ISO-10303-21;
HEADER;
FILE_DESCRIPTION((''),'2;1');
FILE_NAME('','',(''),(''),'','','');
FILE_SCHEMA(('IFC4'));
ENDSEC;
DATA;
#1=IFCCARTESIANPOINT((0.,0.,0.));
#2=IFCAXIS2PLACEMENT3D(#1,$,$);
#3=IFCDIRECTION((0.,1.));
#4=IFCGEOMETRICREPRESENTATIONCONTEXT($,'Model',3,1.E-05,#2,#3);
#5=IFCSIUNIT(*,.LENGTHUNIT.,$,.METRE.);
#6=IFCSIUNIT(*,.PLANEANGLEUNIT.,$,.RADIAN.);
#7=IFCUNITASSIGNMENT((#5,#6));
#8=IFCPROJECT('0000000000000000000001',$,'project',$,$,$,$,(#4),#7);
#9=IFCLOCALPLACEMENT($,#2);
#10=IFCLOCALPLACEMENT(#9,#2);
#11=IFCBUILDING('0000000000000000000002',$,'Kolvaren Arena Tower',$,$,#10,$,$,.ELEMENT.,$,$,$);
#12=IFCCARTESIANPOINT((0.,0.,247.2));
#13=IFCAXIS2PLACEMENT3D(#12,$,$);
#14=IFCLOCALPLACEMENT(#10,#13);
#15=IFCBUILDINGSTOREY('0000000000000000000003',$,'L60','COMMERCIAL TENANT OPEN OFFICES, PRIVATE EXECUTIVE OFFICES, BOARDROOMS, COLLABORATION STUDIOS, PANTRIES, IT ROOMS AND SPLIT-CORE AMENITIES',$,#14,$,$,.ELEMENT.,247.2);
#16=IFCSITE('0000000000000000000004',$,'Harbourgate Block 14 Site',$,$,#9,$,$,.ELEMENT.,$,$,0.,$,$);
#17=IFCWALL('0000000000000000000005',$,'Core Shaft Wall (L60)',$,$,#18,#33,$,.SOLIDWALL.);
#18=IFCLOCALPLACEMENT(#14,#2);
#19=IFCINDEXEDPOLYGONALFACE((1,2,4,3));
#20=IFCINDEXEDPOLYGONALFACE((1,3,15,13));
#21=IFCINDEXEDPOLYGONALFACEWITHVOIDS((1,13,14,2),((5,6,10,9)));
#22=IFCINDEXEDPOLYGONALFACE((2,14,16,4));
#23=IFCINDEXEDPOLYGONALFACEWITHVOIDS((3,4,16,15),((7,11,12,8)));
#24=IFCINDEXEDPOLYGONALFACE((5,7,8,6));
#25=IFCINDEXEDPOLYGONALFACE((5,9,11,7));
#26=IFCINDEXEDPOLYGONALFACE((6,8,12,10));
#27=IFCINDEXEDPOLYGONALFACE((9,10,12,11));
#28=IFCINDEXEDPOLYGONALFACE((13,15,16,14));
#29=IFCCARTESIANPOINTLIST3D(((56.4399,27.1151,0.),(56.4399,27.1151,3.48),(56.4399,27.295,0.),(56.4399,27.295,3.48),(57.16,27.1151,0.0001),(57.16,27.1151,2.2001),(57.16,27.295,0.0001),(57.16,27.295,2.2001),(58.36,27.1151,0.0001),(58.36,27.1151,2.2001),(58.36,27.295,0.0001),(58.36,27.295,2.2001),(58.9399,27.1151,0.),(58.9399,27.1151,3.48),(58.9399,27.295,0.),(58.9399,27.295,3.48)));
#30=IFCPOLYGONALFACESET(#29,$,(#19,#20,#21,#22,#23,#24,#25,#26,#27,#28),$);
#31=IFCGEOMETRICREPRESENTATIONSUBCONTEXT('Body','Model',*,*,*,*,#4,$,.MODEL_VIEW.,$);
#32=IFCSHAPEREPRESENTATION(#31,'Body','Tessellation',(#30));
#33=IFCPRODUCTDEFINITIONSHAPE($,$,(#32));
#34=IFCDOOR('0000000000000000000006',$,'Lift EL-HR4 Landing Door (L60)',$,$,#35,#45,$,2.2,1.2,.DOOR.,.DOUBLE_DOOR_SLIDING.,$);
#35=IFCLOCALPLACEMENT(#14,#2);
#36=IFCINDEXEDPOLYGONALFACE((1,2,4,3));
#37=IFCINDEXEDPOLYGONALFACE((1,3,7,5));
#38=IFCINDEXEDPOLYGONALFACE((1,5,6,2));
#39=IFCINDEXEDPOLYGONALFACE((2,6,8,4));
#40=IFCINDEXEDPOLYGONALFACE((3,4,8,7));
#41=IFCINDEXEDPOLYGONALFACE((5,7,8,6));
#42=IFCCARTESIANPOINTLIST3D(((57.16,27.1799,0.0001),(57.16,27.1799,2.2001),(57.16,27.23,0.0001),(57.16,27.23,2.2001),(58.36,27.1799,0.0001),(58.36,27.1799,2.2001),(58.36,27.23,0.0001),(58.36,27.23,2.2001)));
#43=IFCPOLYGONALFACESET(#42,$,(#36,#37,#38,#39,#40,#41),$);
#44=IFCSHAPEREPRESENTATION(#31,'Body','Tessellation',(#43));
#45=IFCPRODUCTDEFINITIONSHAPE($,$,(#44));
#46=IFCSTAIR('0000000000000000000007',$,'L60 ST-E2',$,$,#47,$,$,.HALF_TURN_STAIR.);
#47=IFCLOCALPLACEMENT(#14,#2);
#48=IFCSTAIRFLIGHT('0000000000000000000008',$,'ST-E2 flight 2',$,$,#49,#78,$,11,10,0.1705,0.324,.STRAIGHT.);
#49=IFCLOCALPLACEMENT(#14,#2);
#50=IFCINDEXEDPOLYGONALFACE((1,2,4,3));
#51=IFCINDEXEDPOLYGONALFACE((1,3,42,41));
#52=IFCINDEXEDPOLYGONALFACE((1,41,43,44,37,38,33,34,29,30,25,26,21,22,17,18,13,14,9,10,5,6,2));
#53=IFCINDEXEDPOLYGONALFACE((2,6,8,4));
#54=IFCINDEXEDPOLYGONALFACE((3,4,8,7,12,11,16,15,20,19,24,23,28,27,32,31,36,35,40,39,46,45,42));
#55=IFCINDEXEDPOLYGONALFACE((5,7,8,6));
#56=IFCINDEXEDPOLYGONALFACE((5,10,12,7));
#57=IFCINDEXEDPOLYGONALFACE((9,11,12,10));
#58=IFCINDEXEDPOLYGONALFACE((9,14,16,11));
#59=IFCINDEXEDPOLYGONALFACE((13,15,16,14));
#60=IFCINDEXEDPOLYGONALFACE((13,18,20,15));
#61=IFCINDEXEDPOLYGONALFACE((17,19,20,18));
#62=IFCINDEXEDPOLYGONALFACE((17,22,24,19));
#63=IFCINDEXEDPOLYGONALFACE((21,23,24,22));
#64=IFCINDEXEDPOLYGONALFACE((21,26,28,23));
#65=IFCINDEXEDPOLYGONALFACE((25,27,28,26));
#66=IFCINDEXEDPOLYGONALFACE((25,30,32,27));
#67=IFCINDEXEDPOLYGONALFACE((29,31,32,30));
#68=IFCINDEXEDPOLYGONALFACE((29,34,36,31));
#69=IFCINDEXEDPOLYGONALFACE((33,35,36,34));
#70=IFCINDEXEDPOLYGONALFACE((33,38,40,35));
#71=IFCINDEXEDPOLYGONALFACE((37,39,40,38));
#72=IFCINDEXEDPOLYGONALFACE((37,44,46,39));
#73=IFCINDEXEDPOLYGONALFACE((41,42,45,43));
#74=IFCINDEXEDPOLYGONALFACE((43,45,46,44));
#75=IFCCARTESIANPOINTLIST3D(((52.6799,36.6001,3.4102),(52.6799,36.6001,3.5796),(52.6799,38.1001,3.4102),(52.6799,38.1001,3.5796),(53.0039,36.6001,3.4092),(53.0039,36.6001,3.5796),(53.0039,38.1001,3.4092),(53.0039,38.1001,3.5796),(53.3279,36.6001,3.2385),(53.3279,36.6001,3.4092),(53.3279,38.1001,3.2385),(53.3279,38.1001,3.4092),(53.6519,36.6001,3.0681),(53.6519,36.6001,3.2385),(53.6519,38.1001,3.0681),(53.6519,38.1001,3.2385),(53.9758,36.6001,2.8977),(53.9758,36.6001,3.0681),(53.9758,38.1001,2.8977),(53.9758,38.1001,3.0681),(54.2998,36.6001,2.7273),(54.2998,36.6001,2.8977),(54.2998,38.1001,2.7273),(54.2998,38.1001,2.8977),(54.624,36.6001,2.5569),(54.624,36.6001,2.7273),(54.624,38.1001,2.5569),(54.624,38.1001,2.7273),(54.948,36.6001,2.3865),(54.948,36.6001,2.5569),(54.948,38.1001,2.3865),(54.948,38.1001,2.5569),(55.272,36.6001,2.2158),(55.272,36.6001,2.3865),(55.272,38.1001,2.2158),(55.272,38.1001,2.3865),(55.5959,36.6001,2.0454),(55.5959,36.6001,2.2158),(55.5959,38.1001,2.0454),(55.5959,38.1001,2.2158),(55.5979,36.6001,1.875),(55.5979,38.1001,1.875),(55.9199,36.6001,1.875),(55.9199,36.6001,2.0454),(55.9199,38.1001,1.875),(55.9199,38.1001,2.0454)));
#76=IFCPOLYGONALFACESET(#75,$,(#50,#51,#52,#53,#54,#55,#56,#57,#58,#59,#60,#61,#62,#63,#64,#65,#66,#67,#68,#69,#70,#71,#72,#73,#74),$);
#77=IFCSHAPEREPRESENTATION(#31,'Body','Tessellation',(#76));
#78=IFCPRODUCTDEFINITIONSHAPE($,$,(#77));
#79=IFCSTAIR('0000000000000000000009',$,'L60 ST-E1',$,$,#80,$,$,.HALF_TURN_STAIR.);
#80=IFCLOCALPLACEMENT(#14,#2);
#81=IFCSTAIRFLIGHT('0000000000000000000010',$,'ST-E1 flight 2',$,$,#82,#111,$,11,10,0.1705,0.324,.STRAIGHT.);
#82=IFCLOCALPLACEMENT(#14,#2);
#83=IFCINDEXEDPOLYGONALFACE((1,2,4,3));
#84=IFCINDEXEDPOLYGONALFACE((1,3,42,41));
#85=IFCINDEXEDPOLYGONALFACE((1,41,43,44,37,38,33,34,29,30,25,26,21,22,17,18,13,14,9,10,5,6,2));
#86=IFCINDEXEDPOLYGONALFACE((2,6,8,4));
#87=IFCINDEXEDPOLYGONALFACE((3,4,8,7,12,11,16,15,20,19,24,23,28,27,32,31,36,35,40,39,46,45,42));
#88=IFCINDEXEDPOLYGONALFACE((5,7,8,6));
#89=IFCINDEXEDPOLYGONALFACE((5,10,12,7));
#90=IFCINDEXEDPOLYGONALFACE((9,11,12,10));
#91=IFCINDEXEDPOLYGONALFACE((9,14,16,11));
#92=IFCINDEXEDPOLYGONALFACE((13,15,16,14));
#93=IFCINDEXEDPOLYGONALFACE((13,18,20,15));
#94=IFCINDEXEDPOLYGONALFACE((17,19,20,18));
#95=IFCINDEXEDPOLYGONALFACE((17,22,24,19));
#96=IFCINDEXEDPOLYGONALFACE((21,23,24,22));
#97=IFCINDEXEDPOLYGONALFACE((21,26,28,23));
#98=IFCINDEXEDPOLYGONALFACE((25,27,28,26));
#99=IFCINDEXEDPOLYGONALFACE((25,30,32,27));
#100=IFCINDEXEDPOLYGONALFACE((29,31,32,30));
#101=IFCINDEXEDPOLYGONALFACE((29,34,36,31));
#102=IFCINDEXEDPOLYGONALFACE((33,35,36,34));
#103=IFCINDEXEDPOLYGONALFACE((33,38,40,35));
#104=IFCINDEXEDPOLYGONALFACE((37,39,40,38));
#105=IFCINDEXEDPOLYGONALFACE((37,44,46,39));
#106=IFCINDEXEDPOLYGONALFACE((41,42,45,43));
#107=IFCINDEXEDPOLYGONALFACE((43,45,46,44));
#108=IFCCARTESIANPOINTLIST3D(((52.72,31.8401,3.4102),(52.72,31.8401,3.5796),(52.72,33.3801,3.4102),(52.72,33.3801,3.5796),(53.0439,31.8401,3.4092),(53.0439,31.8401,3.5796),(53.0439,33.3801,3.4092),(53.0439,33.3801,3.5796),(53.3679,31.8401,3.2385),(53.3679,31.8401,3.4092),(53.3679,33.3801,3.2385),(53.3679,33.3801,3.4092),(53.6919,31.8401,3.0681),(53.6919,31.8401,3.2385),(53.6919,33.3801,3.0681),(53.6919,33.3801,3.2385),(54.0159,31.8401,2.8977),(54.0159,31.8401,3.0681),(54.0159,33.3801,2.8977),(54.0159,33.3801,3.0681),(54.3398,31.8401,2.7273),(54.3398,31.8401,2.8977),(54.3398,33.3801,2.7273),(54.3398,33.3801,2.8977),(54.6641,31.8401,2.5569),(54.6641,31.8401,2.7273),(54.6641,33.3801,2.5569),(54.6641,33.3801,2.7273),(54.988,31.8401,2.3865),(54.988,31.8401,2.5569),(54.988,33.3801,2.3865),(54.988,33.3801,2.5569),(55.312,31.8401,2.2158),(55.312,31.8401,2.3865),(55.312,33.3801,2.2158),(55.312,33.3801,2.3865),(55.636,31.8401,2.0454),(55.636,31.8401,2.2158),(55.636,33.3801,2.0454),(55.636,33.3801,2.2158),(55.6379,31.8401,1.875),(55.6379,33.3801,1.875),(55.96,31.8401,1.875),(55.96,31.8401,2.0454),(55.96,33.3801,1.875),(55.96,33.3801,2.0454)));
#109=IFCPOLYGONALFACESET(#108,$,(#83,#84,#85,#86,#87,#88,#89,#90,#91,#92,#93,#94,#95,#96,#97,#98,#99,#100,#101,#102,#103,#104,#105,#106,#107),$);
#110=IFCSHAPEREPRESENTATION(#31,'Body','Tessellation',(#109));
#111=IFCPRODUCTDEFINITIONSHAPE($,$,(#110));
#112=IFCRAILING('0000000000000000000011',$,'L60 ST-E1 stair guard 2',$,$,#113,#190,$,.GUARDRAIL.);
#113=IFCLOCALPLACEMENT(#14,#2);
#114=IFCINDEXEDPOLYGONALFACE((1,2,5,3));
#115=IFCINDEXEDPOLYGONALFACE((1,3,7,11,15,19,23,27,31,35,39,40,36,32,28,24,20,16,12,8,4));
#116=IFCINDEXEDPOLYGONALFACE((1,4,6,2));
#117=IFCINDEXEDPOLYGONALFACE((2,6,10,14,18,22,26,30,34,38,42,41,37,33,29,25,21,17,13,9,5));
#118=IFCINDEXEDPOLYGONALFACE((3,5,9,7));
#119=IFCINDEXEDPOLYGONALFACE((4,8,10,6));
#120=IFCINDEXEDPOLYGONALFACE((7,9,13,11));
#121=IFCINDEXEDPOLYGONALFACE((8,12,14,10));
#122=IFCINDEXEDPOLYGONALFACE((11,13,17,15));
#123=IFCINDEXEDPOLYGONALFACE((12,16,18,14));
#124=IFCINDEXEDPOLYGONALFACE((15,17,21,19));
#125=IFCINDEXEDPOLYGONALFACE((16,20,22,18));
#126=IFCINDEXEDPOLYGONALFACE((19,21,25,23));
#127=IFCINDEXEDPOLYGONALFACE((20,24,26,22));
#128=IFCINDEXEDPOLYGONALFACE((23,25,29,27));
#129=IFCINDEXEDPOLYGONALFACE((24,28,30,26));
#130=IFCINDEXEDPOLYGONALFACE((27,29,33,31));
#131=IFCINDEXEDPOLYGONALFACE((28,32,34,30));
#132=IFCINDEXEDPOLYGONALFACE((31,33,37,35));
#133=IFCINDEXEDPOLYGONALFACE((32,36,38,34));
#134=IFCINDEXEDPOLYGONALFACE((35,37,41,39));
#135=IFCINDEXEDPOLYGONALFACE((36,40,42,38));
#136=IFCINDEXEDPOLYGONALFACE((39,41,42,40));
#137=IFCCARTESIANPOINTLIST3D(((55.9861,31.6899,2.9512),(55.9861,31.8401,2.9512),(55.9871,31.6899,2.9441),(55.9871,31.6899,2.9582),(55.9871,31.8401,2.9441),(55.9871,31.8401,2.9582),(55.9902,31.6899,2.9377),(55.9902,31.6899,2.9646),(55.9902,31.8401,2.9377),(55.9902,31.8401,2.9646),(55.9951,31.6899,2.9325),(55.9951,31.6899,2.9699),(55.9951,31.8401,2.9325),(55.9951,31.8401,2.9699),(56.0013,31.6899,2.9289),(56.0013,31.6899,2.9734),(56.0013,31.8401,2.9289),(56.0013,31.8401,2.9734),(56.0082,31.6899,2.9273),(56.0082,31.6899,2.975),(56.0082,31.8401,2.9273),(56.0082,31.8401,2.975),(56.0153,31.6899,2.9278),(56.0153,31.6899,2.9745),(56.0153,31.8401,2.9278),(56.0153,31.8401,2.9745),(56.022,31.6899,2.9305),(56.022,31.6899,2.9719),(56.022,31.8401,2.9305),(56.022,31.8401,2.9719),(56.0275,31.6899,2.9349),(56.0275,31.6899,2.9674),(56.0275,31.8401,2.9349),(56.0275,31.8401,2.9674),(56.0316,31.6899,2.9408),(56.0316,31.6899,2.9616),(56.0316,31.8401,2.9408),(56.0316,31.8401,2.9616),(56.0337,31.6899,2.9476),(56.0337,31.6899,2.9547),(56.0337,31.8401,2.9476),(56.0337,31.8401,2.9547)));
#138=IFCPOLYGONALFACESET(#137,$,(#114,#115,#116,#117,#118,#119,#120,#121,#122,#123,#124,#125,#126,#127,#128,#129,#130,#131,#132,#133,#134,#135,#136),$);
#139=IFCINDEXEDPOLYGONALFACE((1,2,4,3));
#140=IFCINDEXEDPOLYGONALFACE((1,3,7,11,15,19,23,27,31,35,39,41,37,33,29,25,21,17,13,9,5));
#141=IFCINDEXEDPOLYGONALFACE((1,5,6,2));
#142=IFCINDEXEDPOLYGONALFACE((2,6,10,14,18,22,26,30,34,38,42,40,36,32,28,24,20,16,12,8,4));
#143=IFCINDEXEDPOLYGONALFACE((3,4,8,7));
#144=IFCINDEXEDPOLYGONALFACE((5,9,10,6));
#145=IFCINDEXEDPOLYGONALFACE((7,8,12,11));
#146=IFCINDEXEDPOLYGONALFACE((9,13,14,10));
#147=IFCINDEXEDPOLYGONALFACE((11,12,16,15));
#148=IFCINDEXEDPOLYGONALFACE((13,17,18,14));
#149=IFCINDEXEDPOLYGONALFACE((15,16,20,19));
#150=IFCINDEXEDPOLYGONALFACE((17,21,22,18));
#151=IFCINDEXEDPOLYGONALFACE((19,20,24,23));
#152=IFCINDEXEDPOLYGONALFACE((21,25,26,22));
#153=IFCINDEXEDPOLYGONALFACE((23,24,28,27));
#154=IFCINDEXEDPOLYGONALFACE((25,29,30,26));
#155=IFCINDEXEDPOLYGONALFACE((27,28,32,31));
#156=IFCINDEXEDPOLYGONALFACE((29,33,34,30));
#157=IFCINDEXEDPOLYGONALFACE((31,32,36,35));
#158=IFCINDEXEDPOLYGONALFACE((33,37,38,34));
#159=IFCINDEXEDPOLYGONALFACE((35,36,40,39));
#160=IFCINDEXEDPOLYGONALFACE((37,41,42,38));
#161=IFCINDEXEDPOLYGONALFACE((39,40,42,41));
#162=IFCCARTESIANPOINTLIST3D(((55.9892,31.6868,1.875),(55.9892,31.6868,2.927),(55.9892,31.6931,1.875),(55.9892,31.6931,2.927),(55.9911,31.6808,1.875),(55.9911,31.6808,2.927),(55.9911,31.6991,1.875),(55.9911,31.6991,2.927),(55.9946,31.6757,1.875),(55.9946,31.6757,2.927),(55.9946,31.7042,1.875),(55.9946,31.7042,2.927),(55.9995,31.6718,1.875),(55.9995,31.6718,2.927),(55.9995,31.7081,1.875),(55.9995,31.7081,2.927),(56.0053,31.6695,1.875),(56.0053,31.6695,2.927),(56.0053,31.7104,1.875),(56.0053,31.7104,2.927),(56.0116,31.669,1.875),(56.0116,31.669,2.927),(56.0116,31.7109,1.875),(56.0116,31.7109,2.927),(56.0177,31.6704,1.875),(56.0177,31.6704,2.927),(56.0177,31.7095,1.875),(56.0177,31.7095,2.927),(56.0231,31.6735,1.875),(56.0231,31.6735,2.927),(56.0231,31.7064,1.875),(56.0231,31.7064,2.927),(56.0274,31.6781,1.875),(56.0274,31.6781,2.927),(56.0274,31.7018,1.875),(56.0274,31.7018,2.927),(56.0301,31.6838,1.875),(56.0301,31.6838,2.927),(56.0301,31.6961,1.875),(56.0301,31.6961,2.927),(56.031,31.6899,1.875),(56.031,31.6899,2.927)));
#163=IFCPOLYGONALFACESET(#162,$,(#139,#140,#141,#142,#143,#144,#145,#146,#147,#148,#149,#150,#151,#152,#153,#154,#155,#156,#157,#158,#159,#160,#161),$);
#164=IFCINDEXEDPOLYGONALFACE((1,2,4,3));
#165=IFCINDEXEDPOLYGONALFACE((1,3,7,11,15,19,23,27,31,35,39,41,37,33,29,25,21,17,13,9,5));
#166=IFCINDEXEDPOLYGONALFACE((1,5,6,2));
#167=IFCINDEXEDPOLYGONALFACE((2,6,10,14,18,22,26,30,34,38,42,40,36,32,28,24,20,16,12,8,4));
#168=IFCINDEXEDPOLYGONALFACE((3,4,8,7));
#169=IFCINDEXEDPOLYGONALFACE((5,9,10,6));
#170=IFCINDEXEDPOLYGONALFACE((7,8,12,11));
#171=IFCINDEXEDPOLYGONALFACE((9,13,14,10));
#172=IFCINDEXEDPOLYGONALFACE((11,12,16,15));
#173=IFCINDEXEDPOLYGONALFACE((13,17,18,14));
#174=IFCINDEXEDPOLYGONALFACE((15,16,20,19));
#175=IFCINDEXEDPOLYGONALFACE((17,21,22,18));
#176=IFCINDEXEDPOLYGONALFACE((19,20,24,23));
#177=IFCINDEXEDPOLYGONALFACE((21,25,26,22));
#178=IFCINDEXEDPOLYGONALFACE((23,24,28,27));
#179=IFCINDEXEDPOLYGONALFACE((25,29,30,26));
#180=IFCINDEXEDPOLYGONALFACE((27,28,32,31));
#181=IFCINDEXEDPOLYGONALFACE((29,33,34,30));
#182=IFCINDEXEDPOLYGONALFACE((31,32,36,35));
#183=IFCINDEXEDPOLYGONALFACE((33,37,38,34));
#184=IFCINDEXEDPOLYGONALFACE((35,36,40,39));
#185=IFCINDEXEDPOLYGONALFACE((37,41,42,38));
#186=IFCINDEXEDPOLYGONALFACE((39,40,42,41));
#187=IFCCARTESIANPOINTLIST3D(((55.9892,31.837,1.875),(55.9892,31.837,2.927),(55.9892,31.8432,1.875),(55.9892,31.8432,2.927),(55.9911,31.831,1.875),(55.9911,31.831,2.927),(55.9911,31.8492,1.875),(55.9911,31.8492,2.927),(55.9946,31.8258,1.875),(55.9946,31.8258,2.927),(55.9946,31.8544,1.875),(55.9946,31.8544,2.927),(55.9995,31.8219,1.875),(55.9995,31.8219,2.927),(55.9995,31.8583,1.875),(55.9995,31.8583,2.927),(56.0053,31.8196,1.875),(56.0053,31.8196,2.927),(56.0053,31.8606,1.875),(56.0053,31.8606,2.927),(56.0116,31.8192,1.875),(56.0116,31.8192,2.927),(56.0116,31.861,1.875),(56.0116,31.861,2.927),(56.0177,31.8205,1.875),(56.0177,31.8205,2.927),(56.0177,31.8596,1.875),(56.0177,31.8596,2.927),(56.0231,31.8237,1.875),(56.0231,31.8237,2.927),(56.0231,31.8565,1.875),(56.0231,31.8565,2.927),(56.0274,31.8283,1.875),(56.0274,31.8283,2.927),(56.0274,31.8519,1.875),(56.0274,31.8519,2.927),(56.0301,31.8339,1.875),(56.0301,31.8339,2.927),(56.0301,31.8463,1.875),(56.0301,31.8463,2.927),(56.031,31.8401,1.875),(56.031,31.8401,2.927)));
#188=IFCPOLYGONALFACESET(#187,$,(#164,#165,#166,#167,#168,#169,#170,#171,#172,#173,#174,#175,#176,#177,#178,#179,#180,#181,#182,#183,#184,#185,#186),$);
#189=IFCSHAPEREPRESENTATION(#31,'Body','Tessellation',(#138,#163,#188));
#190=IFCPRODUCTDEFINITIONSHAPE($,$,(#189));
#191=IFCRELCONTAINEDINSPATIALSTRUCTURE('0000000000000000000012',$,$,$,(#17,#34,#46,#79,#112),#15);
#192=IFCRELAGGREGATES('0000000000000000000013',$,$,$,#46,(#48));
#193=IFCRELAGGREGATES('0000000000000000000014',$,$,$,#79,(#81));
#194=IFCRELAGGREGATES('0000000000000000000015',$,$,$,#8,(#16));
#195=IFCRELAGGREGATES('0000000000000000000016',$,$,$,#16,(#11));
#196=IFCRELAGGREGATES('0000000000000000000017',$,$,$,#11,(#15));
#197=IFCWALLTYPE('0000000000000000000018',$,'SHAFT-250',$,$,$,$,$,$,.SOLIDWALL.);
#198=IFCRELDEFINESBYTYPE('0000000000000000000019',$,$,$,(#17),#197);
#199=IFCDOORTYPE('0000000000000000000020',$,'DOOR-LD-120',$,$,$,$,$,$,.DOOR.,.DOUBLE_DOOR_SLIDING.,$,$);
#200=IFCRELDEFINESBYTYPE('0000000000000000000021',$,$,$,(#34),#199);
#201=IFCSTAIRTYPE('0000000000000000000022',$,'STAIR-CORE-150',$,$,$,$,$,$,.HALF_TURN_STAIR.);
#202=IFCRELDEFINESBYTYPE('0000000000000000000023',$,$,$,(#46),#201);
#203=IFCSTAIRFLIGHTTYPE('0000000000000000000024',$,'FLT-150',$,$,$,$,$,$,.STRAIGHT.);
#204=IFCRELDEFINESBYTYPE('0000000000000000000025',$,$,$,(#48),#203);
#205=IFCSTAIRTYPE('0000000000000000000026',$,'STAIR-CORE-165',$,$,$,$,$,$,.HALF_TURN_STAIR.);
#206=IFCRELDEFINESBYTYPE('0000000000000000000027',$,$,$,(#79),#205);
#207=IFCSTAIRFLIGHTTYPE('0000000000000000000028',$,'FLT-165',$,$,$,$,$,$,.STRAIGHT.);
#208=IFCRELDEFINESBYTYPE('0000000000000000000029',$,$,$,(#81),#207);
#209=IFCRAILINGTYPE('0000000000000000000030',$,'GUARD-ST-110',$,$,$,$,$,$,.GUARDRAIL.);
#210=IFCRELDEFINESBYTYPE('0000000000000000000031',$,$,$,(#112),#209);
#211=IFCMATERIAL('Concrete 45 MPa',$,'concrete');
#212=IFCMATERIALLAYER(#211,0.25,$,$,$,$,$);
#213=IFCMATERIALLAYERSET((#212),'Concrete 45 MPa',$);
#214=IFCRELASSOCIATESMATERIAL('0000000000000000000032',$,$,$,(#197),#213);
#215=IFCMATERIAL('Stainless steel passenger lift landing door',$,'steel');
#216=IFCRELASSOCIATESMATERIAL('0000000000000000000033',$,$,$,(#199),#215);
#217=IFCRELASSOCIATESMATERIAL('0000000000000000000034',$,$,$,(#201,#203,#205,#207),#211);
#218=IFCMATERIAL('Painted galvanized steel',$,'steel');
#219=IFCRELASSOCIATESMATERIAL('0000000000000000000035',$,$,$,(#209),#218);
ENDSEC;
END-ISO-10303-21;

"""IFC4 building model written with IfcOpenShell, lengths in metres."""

from ifc_helpers import new_model, si_unit, direction, frame, frame_2d, origin, origin_2d, place, context, subcontext, project, spatial, polyline, rectangle, circle, outline, extrude, material, layer, layer_set, type_object, element, fill, aggregate, save


model = new_model("IFC4")

# Units and contexts
model_context = context("Model", 3, precision=1e-05, world=origin(), true_north=direction((0.0, 1.0)))
body_context = subcontext(model_context, "Body", "Model", "MODEL_VIEW")
ifc_project = project(units=[si_unit("LENGTHUNIT", "METRE"), si_unit("PLANEANGLEUNIT", "RADIAN")], contexts=[model_context])

# Site, building, storey
site_placement = place(None, origin())
site = spatial("IfcSite", under=ifc_project, at=site_placement, Name="Harbourgate Block 14 Site", CompositionType="ELEMENT", RefElevation=0.0)
building_placement = place(site_placement, origin())
building = spatial("IfcBuilding", under=site, at=building_placement, Name="Kolvaren Arena Tower", CompositionType="ELEMENT")
storey_placement = place(building_placement, frame((0.0, 0.0, 247.2)))
storey = spatial("IfcBuildingStorey", under=building, at=storey_placement, Name="L60", Description="COMMERCIAL TENANT OPEN OFFICES, PRIVATE EXECUTIVE OFFICES, BOARDROOMS, COLLABORATION STUDIOS, PANTRIES, IT ROOMS AND SPLIT-CORE AMENITIES", CompositionType="ELEMENT", Elevation=247.2)

# Shared definitions
ifc_material_1 = material(Name="Concrete 45 MPa", Category="concrete")
ifc_layer = layer(ifc_material_1, 0.25)
ifc_layer_set = layer_set([ifc_layer], Name="Concrete 45 MPa")
wall_type = type_object("IfcWallType", Name="SHAFT-250", PredefinedType="SOLIDWALL", material=ifc_layer_set)

# Wall, opening, door
wall_1_placement = place(storey_placement, frame((56.4399, 27.2051, 0.0), z_axis=(0.0, 0.0, 1.0), x_axis=(1.0, 0.0, 0.0)))
wall_1 = element("IfcWall", 1, at=wall_1_placement, inside=storey, type_object=wall_type, Name="Core Shaft Wall (L60)", PredefinedType="SOLIDWALL", context=body_context, shape_type="SweptSolid", body=[
    extrude(rectangle(XDim=2.5, YDim=0.1799, at=frame_2d((1.25, 0.0))), origin(), (0.0, 0.0, 1.0), 3.48),
])
opening_1_placement = place(wall_1_placement, frame((0.72, 0.0, 0.0)))
opening_1 = element("IfcOpeningElement", 2, at=opening_1_placement, cuts=wall_1, PredefinedType="OPENING", context=body_context, shape_type="SweptSolid", body=[
    extrude(rectangle(XDim=1.2, YDim=2.2, at=frame_2d((0.6001, 1.1001))), frame((0.0, 0.0999, 0.0), z_axis=(0.0, -1.0, 0.0), x_axis=(1.0, 0.0, 0.0)), (0.0, 0.0, 1.0), 0.2),
])
ifc_material_2 = material(Name="Stainless steel passenger lift landing door", Category="steel")
door_type_1 = type_object("IfcDoorType", Name="DOOR-LD-120", OperationType="DOUBLE_DOOR_SLIDING", PredefinedType="DOOR", material=ifc_material_2)
door_1_placement = place(opening_1_placement, origin())
door_1 = element("IfcDoor", 3, at=door_1_placement, inside=storey, type_object=door_type_1, Name="Lift EL-HR4 Landing Door (L60)", OperationType="DOUBLE_DOOR_SLIDING", OverallHeight=2.2, OverallWidth=1.2, PredefinedType="DOOR", context=body_context, shape_type="SweptSolid", body=[
    extrude(rectangle(XDim=1.2, YDim=2.2, at=frame_2d((0.6001, 1.1001))), frame((0.0, 0.0249, 0.0), z_axis=(0.0, -1.0, 0.0), x_axis=(1.0, 0.0, 0.0)), (0.0, 0.0, 1.0), 0.05),
])
fill(opening_1, door_1)

# Stairs, stair flights
stair_type_1 = type_object("IfcStairType", Name="STAIR-CORE-150", PredefinedType="HALF_TURN_STAIR", material=ifc_material_1)
stair_1_placement = place(storey_placement, origin())
stair_1 = element("IfcStair", 4, at=stair_1_placement, inside=storey, type_object=stair_type_1, Name="L60 ST-E2", PredefinedType="HALF_TURN_STAIR")
stair_flight_type_1 = type_object("IfcStairFlightType", Name="FLT-150", PredefinedType="STRAIGHT", material=ifc_material_1)
stair_flight_1_placement = place(storey_placement, frame((55.9199, 37.3501, 1.875), z_axis=(0.0, 0.0, 1.0), x_axis=(-1.0, 0.0, 0.0)))
stair_flight_1 = element("IfcStairFlight", 5, at=stair_flight_1_placement, type_object=stair_flight_type_1, Name="ST-E2 flight 2", NumberOfRisers=11, NumberOfTreads=10, PredefinedType="STRAIGHT", RiserHeight=0.1705, TreadLength=0.324, context=body_context, shape_type="SweptSolid", body=[
    extrude(outline(polyline([(0.0, 0.0), (0.0, 0.1704), (0.324, 0.1704), (0.324, 0.3408), (0.6479, 0.3408), (0.6479, 0.5115), (0.9719, 0.5115), (0.9719, 0.6819), (1.2959, 0.6819), (1.2959, 0.8523), (1.6201, 0.8523), (1.6201, 1.0227), (1.9441, 1.0227), (1.9441, 1.1931), (2.2681, 1.1931), (2.2681, 1.3635), (2.592, 1.3635), (2.592, 1.5342), (2.916, 1.5342), (2.916, 1.7046), (3.24, 1.7046), (3.24, 1.875), (3.24, 1.5352), (0.322, 0.0), (0.0, 0.0)])), frame((0.0, 0.75, 0.0), z_axis=(0.0, -1.0, 0.0), x_axis=(1.0, 0.0, 0.0)), (0.0, 0.0, 1.0), 1.5),
])
aggregate(stair_1, [stair_flight_1])
stair_type_2 = type_object("IfcStairType", Name="STAIR-CORE-165", PredefinedType="HALF_TURN_STAIR", material=ifc_material_1)
stair_2_placement = place(storey_placement, origin())
stair_2 = element("IfcStair", 6, at=stair_2_placement, inside=storey, type_object=stair_type_2, Name="L60 ST-E1", PredefinedType="HALF_TURN_STAIR")
stair_flight_type_2 = type_object("IfcStairFlightType", Name="FLT-165", PredefinedType="STRAIGHT", material=ifc_material_1)
stair_flight_2_placement = place(storey_placement, frame((55.96, 32.6101, 1.875), z_axis=(0.0, 0.0, 1.0), x_axis=(-1.0, 0.0, 0.0)))
stair_flight_2 = element("IfcStairFlight", 7, at=stair_flight_2_placement, type_object=stair_flight_type_2, Name="ST-E1 flight 2", NumberOfRisers=11, NumberOfTreads=10, PredefinedType="STRAIGHT", RiserHeight=0.1705, TreadLength=0.324, context=body_context, shape_type="SweptSolid", body=[
    extrude(outline(polyline([(0.0, 0.0), (0.0, 0.1704), (0.324, 0.1704), (0.324, 0.3408), (0.6479, 0.3408), (0.6479, 0.5115), (0.9719, 0.5115), (0.9719, 0.6819), (1.2959, 0.6819), (1.2959, 0.8523), (1.6201, 0.8523), (1.6201, 1.0227), (1.9441, 1.0227), (1.9441, 1.1931), (2.2681, 1.1931), (2.2681, 1.3635), (2.592, 1.3635), (2.592, 1.5342), (2.916, 1.5342), (2.916, 1.7046), (3.24, 1.7046), (3.24, 1.875), (3.24, 1.5352), (0.322, 0.0), (0.0, 0.0)])), frame((0.0, 0.77, 0.0), z_axis=(0.0, -1.0, 0.0), x_axis=(1.0, 0.0, 0.0)), (0.0, 0.0, 1.0), 1.54),
])
aggregate(stair_2, [stair_flight_2])

# Railing
ifc_material_3 = material(Name="Painted galvanized steel", Category="steel")
railing_type_1 = type_object("IfcRailingType", Name="GUARD-ST-110", PredefinedType="GUARDRAIL", material=ifc_material_3)
railing_1_placement = place(storey_placement, frame((56.01, 31.6899, 1.875)))
element("IfcRailing", 8, at=railing_1_placement, inside=storey, type_object=railing_type_1, Name="L60 ST-E1 stair guard 2", PredefinedType="GUARDRAIL", context=body_context, shape_type="SweptSolid", body=[
    extrude(circle(Radius=0.0239, at=origin_2d()), frame((0.0, 0.0, 1.0762), z_axis=(0.0, 1.0, 0.0), x_axis=(-1.0, 0.0, 0.0)), (0.0, 0.0, 1.0), 0.1501),
    extrude(circle(Radius=0.021, at=origin_2d()), origin(), (0.0, 0.0, 1.0), 1.052),
    extrude(circle(Radius=0.021, at=origin_2d()), frame((0.0, 0.1501, 0.0)), (0.0, 0.0, 1.0), 1.052),
])

save(model, "model.ifc")
